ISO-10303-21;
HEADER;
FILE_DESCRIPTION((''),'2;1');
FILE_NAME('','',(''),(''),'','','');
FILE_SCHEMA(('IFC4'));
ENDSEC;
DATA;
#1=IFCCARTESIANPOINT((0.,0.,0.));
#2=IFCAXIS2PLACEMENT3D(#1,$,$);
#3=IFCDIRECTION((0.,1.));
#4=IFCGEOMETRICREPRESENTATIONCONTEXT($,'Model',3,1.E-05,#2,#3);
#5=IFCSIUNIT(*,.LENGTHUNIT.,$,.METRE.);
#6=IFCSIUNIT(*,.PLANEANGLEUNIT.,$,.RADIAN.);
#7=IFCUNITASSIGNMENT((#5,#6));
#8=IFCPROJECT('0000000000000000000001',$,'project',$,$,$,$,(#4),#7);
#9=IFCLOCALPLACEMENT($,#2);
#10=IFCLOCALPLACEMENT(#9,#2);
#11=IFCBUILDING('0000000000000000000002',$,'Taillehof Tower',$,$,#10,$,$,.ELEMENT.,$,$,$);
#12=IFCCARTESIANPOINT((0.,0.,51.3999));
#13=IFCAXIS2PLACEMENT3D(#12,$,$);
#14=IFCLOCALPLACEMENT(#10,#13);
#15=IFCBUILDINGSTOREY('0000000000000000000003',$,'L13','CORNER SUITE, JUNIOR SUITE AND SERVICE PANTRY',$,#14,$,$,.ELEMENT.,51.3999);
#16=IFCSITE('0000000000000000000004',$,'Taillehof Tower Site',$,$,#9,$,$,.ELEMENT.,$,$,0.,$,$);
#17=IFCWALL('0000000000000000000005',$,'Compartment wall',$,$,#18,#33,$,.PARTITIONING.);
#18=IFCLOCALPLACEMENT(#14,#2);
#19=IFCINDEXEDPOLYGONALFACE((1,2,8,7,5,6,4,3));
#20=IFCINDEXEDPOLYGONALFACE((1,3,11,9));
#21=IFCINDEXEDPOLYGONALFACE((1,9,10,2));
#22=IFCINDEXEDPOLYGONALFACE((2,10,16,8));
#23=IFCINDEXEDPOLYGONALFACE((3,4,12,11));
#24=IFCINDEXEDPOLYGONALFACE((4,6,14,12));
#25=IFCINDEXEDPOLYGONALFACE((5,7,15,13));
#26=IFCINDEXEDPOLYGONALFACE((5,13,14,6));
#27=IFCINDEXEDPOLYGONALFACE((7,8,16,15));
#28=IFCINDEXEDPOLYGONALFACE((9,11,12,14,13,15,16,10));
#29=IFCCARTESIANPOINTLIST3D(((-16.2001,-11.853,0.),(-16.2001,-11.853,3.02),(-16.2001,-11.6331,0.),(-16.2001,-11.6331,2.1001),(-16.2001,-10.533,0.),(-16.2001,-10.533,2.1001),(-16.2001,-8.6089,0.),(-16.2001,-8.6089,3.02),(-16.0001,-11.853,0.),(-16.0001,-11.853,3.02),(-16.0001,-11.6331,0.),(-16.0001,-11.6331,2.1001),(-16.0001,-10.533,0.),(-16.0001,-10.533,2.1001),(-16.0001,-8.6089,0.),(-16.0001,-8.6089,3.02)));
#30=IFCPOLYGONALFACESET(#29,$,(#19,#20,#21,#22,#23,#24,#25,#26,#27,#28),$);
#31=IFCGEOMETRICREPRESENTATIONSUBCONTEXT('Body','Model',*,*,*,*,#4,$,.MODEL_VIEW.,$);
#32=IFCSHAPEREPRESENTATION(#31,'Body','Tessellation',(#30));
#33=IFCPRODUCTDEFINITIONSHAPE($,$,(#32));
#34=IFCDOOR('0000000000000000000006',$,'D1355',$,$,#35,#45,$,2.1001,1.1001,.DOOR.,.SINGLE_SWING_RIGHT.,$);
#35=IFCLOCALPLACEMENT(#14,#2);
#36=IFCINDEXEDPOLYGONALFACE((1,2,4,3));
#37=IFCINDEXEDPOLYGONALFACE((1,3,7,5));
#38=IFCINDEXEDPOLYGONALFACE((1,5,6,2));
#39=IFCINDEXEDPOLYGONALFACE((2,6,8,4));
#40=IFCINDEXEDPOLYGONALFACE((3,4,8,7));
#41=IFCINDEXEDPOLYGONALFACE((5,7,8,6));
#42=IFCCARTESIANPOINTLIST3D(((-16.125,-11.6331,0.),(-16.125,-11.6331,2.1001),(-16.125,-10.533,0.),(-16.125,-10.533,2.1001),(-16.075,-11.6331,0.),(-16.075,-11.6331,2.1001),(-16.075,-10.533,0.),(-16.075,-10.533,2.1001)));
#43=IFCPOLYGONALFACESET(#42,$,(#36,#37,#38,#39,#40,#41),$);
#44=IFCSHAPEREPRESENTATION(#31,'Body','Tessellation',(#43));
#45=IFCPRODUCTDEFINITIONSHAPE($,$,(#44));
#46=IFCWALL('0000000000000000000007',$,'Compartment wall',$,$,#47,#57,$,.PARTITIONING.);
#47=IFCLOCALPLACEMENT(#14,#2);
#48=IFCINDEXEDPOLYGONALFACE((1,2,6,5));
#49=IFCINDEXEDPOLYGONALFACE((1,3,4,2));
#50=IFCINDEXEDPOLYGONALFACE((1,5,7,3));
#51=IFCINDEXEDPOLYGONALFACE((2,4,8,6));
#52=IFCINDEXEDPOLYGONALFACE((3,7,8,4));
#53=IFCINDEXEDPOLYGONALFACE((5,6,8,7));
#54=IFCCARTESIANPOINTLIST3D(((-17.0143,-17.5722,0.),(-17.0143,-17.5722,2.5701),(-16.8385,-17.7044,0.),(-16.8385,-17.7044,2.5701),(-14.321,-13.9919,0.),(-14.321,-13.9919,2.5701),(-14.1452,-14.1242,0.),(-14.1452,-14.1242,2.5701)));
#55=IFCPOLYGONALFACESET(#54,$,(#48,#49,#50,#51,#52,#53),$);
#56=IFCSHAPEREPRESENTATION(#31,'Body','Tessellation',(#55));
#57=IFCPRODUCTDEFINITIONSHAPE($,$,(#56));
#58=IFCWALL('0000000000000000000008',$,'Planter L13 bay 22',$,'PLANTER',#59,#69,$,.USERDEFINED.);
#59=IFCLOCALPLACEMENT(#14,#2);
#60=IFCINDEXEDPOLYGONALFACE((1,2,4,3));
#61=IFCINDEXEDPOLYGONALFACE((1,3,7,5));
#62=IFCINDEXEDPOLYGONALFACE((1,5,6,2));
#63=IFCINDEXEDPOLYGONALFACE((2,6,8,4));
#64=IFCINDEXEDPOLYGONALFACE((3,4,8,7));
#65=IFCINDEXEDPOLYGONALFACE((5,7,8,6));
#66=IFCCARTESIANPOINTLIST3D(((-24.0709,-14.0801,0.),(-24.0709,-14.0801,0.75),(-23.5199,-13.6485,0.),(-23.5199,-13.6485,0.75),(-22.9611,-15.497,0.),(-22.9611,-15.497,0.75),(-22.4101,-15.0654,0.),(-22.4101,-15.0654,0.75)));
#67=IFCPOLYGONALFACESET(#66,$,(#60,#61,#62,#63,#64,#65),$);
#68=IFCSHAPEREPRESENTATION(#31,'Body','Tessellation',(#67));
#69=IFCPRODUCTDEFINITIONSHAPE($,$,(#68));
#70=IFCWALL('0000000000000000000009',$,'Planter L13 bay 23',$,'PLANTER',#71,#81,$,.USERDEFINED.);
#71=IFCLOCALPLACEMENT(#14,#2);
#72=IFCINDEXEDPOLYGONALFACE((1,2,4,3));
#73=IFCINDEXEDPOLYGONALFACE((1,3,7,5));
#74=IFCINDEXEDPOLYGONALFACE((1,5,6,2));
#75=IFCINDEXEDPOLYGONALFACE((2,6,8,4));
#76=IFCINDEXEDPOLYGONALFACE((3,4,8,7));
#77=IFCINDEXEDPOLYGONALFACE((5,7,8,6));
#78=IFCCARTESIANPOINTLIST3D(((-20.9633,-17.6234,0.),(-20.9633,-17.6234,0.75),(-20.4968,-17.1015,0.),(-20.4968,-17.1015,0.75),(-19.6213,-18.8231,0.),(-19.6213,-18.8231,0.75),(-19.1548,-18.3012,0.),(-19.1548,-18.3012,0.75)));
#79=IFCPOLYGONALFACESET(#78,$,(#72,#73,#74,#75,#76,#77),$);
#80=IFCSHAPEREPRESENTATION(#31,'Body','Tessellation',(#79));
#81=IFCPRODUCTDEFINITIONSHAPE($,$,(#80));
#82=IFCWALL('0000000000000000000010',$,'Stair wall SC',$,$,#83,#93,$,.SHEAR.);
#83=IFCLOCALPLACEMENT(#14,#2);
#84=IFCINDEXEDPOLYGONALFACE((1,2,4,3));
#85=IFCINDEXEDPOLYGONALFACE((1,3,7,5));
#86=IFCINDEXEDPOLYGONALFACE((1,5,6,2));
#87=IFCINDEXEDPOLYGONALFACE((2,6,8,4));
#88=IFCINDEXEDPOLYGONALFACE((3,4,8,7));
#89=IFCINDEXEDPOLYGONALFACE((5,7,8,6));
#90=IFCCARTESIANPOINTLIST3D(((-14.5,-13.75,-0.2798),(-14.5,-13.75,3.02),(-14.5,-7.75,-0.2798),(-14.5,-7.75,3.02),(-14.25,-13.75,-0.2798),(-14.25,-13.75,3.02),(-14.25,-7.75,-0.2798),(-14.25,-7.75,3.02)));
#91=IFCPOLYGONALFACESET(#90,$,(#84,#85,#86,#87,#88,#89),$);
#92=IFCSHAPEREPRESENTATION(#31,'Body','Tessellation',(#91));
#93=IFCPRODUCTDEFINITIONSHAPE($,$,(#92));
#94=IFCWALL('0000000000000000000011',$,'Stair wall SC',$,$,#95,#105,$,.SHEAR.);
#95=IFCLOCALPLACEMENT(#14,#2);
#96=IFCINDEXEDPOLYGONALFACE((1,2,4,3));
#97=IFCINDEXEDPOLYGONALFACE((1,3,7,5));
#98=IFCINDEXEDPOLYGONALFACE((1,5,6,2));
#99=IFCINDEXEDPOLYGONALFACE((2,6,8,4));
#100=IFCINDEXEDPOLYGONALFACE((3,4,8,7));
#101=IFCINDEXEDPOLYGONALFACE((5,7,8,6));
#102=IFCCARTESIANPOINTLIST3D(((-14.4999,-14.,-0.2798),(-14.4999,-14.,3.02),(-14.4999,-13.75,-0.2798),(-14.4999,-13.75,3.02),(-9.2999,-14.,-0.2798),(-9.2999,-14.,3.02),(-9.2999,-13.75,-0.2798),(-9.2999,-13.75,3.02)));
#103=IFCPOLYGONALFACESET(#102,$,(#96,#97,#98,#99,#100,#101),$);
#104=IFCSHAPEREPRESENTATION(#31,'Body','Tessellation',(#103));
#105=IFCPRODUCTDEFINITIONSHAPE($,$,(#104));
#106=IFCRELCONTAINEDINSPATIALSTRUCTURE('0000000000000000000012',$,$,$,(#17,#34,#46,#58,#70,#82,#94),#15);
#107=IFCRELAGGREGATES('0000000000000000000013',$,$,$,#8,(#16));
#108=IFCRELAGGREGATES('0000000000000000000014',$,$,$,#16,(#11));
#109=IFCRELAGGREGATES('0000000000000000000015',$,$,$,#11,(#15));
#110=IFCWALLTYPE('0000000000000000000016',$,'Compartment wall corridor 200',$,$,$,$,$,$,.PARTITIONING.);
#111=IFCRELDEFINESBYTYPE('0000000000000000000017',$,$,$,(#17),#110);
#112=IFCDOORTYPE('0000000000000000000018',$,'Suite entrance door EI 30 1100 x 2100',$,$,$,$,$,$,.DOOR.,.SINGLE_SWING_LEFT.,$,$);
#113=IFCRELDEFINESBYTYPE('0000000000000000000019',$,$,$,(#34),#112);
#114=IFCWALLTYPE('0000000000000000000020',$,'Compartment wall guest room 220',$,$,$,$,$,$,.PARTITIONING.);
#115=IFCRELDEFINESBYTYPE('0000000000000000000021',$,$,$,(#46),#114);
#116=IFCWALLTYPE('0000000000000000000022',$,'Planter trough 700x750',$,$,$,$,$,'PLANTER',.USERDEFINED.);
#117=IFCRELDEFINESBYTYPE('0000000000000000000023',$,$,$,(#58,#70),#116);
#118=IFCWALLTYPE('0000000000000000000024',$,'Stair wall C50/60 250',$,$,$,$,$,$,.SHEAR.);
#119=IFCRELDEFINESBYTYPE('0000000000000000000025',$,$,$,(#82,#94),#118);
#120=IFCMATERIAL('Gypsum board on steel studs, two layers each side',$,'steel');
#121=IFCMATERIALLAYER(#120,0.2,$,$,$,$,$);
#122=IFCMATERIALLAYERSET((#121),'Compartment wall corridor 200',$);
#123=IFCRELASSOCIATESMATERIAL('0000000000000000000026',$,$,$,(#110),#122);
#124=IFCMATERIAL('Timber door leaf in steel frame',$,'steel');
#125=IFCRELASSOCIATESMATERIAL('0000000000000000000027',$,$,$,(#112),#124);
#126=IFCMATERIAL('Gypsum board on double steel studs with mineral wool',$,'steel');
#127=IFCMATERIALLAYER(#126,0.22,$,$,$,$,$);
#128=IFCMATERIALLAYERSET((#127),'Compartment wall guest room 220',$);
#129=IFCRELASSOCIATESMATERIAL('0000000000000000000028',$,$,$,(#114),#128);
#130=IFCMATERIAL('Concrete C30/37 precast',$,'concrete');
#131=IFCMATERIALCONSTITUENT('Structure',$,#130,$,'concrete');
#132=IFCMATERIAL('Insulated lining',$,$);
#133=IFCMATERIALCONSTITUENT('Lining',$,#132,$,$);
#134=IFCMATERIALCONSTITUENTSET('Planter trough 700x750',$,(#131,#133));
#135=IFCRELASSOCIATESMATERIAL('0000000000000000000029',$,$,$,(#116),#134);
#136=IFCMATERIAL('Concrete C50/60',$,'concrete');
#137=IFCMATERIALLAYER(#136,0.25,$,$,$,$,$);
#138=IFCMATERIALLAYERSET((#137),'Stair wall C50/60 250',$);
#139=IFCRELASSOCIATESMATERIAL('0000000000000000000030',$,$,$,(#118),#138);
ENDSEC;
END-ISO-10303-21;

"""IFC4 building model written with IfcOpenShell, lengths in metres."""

from ifc_helpers import new_model, si_unit, direction, frame, frame_2d, origin, place, context, subcontext, project, spatial, rectangle, extrude, material, layer, layer_set, constituent, constituent_set, type_object, element, fill, save


model = new_model("IFC4")

# Units and contexts
model_context = context("Model", 3, precision=1e-05, world=origin(), true_north=direction((0.0, 1.0)))
body_context = subcontext(model_context, "Body", "Model", "MODEL_VIEW")
ifc_project = project(units=[si_unit("LENGTHUNIT", "METRE"), si_unit("PLANEANGLEUNIT", "RADIAN")], contexts=[model_context])

# Site, building, storey
site_placement = place(None, origin())
site = spatial("IfcSite", under=ifc_project, at=site_placement, Name="Taillehof Tower Site", CompositionType="ELEMENT", RefElevation=0.0)
building_placement = place(site_placement, origin())
building = spatial("IfcBuilding", under=site, at=building_placement, Name="Taillehof Tower", CompositionType="ELEMENT")
storey_placement = place(building_placement, frame((0.0, 0.0, 51.3999)))
storey = spatial("IfcBuildingStorey", under=building, at=storey_placement, Name="L13", Description="CORNER SUITE, JUNIOR SUITE AND SERVICE PANTRY", CompositionType="ELEMENT", Elevation=51.3999)

# Shared definitions
ifc_material_1 = material(Name="Gypsum board on steel studs, two layers each side", Category="steel")
ifc_layer_1 = layer(ifc_material_1, 0.2)
ifc_layer_set_1 = layer_set([ifc_layer_1], Name="Compartment wall corridor 200")
wall_type_1 = type_object("IfcWallType", Name="Compartment wall corridor 200", PredefinedType="PARTITIONING", material=ifc_layer_set_1)

# Wall, opening, door
wall_1_placement = place(storey_placement, frame((-16.1001, -11.853, 0.0), z_axis=(0.0, 0.0, 1.0), x_axis=(0.0, 1.0, 0.0)))
wall_1 = element("IfcWall", 1, at=wall_1_placement, inside=storey, type_object=wall_type_1, Name="Compartment wall", PredefinedType="PARTITIONING", context=body_context, shape_type="SweptSolid", body=[
    extrude(rectangle(XDim=3.2441, YDim=0.2, at=frame_2d((1.6221, 0.0))), origin(), (0.0, 0.0, 1.0), 3.02),
])
opening_1_placement = place(wall_1_placement, frame((0.22, 0.0, 0.0)))
opening_1 = element("IfcOpeningElement", 2, at=opening_1_placement, cuts=wall_1, PredefinedType="OPENING", context=body_context, shape_type="SweptSolid", body=[
    extrude(rectangle(XDim=1.1001, YDim=2.1001, at=frame_2d((0.55, 1.05))), frame((0.0, 0.1099, 0.0), z_axis=(0.0, -1.0, 0.0), x_axis=(1.0, 0.0, 0.0)), (0.0, 0.0, 1.0), 0.22),
])
ifc_material_2 = material(Name="Timber door leaf in steel frame", Category="steel")
door_type_1 = type_object("IfcDoorType", Name="Suite entrance door EI 30 1100 x 2100", OperationType="SINGLE_SWING_LEFT", PredefinedType="DOOR", material=ifc_material_2)
door_1_placement = place(opening_1_placement, origin())
door_1 = element("IfcDoor", 3, at=door_1_placement, inside=storey, type_object=door_type_1, Name="D1355", OperationType="SINGLE_SWING_RIGHT", OverallHeight=2.1001, OverallWidth=1.1001, PredefinedType="DOOR", context=body_context, shape_type="SweptSolid", body=[
    extrude(rectangle(XDim=1.1001, YDim=2.1001, at=frame_2d((0.55, 1.05))), frame((0.0, 0.0249, 0.0), z_axis=(0.0, -1.0, 0.0), x_axis=(1.0, 0.0, 0.0)), (0.0, 0.0, 1.0), 0.05),
])
fill(opening_1, door_1)

# Walls
ifc_material_3 = material(Name="Gypsum board on double steel studs with mineral wool", Category="steel")
ifc_layer_2 = layer(ifc_material_3, 0.22)
ifc_layer_set_2 = layer_set([ifc_layer_2], Name="Compartment wall guest room 220")
wall_type_2 = type_object("IfcWallType", Name="Compartment wall guest room 220", PredefinedType="PARTITIONING", material=ifc_layer_set_2)
wall_2_placement = place(storey_placement, frame((-16.9265, -17.6384, 0.0), z_axis=(0.0, 0.0, 1.0), x_axis=(0.601159, 0.799129, 0.0)))
element("IfcWall", 4, at=wall_2_placement, inside=storey, type_object=wall_type_2, Name="Compartment wall", PredefinedType="PARTITIONING", context=body_context, shape_type="SweptSolid", body=[
    extrude(rectangle(XDim=4.4802, YDim=0.22, at=frame_2d((2.2402, 0.0))), origin(), (0.0, 0.0, 1.0), 2.5701),
])
ifc_material_4 = material(Name="Concrete C30/37 precast", Category="concrete")
ifc_constituent_1 = constituent(ifc_material_4, Name="Structure", Category="concrete")
ifc_material_5 = material(Name="Insulated lining")
ifc_constituent_2 = constituent(ifc_material_5, Name="Lining")
ifc_constituent_set = constituent_set(constituents=[ifc_constituent_1, ifc_constituent_2], Name="Planter trough 700x750")
wall_type_3 = type_object("IfcWallType", Name="Planter trough 700x750", ElementType="PLANTER", PredefinedType="USERDEFINED", material=ifc_constituent_set)
wall_3_placement = place(storey_placement, frame((-23.7954, -13.8643, 0.0), z_axis=(0.0, 0.0, 1.0), x_axis=(0.616623, -0.787259, 0.0)))
element("IfcWall", 5, at=wall_3_placement, inside=storey, type_object=wall_type_3, Name="Planter L13 bay 22", ObjectType="PLANTER", PredefinedType="USERDEFINED", context=body_context, shape_type="SweptSolid", body=[
    extrude(rectangle(XDim=1.7998, YDim=0.7, at=frame_2d((0.8999, 0.0))), origin(), (0.0, 0.0, 1.0), 0.75),
])
wall_4_placement = place(storey_placement, frame((-20.73, -17.3625, 0.0), z_axis=(0.0, 0.0, 1.0), x_axis=(0.745536, -0.666466, 0.0)))
element("IfcWall", 6, at=wall_4_placement, inside=storey, type_object=wall_type_3, Name="Planter L13 bay 23", ObjectType="PLANTER", PredefinedType="USERDEFINED", context=body_context, shape_type="SweptSolid", body=[
    extrude(rectangle(XDim=1.8, YDim=0.7, at=frame_2d((0.8999, 0.0))), origin(), (0.0, 0.0, 1.0), 0.75),
])
ifc_material_6 = material(Name="Concrete C50/60", Category="concrete")
ifc_layer_3 = layer(ifc_material_6, 0.25)
ifc_layer_set_3 = layer_set([ifc_layer_3], Name="Stair wall C50/60 250")
wall_type_4 = type_object("IfcWallType", Name="Stair wall C50/60 250", PredefinedType="SHEAR", material=ifc_layer_set_3)
wall_5_placement = place(storey_placement, frame((-14.375, -13.75, -0.2798), z_axis=(0.0, 0.0, 1.0), x_axis=(0.0, 1.0, 0.0)))
element("IfcWall", 7, at=wall_5_placement, inside=storey, type_object=wall_type_4, Name="Stair wall SC", PredefinedType="SHEAR", context=body_context, shape_type="SweptSolid", body=[
    extrude(rectangle(XDim=6.0, YDim=0.25, at=frame_2d((3.0, 0.0))), origin(), (0.0, 0.0, 1.0), 3.2998),
])
wall_6_placement = place(storey_placement, frame((-14.5, -13.875, -0.2798), z_axis=(0.0, 0.0, 1.0), x_axis=(1.0, 0.0, 0.0)))
element("IfcWall", 8, at=wall_6_placement, inside=storey, type_object=wall_type_4, Name="Stair wall SC", PredefinedType="SHEAR", context=body_context, shape_type="SweptSolid", body=[
    extrude(rectangle(XDim=5.2, YDim=0.25, at=frame_2d((2.6001, 0.0))), origin(), (0.0, 0.0, 1.0), 3.2998),
])

save(model, "model.ifc")
